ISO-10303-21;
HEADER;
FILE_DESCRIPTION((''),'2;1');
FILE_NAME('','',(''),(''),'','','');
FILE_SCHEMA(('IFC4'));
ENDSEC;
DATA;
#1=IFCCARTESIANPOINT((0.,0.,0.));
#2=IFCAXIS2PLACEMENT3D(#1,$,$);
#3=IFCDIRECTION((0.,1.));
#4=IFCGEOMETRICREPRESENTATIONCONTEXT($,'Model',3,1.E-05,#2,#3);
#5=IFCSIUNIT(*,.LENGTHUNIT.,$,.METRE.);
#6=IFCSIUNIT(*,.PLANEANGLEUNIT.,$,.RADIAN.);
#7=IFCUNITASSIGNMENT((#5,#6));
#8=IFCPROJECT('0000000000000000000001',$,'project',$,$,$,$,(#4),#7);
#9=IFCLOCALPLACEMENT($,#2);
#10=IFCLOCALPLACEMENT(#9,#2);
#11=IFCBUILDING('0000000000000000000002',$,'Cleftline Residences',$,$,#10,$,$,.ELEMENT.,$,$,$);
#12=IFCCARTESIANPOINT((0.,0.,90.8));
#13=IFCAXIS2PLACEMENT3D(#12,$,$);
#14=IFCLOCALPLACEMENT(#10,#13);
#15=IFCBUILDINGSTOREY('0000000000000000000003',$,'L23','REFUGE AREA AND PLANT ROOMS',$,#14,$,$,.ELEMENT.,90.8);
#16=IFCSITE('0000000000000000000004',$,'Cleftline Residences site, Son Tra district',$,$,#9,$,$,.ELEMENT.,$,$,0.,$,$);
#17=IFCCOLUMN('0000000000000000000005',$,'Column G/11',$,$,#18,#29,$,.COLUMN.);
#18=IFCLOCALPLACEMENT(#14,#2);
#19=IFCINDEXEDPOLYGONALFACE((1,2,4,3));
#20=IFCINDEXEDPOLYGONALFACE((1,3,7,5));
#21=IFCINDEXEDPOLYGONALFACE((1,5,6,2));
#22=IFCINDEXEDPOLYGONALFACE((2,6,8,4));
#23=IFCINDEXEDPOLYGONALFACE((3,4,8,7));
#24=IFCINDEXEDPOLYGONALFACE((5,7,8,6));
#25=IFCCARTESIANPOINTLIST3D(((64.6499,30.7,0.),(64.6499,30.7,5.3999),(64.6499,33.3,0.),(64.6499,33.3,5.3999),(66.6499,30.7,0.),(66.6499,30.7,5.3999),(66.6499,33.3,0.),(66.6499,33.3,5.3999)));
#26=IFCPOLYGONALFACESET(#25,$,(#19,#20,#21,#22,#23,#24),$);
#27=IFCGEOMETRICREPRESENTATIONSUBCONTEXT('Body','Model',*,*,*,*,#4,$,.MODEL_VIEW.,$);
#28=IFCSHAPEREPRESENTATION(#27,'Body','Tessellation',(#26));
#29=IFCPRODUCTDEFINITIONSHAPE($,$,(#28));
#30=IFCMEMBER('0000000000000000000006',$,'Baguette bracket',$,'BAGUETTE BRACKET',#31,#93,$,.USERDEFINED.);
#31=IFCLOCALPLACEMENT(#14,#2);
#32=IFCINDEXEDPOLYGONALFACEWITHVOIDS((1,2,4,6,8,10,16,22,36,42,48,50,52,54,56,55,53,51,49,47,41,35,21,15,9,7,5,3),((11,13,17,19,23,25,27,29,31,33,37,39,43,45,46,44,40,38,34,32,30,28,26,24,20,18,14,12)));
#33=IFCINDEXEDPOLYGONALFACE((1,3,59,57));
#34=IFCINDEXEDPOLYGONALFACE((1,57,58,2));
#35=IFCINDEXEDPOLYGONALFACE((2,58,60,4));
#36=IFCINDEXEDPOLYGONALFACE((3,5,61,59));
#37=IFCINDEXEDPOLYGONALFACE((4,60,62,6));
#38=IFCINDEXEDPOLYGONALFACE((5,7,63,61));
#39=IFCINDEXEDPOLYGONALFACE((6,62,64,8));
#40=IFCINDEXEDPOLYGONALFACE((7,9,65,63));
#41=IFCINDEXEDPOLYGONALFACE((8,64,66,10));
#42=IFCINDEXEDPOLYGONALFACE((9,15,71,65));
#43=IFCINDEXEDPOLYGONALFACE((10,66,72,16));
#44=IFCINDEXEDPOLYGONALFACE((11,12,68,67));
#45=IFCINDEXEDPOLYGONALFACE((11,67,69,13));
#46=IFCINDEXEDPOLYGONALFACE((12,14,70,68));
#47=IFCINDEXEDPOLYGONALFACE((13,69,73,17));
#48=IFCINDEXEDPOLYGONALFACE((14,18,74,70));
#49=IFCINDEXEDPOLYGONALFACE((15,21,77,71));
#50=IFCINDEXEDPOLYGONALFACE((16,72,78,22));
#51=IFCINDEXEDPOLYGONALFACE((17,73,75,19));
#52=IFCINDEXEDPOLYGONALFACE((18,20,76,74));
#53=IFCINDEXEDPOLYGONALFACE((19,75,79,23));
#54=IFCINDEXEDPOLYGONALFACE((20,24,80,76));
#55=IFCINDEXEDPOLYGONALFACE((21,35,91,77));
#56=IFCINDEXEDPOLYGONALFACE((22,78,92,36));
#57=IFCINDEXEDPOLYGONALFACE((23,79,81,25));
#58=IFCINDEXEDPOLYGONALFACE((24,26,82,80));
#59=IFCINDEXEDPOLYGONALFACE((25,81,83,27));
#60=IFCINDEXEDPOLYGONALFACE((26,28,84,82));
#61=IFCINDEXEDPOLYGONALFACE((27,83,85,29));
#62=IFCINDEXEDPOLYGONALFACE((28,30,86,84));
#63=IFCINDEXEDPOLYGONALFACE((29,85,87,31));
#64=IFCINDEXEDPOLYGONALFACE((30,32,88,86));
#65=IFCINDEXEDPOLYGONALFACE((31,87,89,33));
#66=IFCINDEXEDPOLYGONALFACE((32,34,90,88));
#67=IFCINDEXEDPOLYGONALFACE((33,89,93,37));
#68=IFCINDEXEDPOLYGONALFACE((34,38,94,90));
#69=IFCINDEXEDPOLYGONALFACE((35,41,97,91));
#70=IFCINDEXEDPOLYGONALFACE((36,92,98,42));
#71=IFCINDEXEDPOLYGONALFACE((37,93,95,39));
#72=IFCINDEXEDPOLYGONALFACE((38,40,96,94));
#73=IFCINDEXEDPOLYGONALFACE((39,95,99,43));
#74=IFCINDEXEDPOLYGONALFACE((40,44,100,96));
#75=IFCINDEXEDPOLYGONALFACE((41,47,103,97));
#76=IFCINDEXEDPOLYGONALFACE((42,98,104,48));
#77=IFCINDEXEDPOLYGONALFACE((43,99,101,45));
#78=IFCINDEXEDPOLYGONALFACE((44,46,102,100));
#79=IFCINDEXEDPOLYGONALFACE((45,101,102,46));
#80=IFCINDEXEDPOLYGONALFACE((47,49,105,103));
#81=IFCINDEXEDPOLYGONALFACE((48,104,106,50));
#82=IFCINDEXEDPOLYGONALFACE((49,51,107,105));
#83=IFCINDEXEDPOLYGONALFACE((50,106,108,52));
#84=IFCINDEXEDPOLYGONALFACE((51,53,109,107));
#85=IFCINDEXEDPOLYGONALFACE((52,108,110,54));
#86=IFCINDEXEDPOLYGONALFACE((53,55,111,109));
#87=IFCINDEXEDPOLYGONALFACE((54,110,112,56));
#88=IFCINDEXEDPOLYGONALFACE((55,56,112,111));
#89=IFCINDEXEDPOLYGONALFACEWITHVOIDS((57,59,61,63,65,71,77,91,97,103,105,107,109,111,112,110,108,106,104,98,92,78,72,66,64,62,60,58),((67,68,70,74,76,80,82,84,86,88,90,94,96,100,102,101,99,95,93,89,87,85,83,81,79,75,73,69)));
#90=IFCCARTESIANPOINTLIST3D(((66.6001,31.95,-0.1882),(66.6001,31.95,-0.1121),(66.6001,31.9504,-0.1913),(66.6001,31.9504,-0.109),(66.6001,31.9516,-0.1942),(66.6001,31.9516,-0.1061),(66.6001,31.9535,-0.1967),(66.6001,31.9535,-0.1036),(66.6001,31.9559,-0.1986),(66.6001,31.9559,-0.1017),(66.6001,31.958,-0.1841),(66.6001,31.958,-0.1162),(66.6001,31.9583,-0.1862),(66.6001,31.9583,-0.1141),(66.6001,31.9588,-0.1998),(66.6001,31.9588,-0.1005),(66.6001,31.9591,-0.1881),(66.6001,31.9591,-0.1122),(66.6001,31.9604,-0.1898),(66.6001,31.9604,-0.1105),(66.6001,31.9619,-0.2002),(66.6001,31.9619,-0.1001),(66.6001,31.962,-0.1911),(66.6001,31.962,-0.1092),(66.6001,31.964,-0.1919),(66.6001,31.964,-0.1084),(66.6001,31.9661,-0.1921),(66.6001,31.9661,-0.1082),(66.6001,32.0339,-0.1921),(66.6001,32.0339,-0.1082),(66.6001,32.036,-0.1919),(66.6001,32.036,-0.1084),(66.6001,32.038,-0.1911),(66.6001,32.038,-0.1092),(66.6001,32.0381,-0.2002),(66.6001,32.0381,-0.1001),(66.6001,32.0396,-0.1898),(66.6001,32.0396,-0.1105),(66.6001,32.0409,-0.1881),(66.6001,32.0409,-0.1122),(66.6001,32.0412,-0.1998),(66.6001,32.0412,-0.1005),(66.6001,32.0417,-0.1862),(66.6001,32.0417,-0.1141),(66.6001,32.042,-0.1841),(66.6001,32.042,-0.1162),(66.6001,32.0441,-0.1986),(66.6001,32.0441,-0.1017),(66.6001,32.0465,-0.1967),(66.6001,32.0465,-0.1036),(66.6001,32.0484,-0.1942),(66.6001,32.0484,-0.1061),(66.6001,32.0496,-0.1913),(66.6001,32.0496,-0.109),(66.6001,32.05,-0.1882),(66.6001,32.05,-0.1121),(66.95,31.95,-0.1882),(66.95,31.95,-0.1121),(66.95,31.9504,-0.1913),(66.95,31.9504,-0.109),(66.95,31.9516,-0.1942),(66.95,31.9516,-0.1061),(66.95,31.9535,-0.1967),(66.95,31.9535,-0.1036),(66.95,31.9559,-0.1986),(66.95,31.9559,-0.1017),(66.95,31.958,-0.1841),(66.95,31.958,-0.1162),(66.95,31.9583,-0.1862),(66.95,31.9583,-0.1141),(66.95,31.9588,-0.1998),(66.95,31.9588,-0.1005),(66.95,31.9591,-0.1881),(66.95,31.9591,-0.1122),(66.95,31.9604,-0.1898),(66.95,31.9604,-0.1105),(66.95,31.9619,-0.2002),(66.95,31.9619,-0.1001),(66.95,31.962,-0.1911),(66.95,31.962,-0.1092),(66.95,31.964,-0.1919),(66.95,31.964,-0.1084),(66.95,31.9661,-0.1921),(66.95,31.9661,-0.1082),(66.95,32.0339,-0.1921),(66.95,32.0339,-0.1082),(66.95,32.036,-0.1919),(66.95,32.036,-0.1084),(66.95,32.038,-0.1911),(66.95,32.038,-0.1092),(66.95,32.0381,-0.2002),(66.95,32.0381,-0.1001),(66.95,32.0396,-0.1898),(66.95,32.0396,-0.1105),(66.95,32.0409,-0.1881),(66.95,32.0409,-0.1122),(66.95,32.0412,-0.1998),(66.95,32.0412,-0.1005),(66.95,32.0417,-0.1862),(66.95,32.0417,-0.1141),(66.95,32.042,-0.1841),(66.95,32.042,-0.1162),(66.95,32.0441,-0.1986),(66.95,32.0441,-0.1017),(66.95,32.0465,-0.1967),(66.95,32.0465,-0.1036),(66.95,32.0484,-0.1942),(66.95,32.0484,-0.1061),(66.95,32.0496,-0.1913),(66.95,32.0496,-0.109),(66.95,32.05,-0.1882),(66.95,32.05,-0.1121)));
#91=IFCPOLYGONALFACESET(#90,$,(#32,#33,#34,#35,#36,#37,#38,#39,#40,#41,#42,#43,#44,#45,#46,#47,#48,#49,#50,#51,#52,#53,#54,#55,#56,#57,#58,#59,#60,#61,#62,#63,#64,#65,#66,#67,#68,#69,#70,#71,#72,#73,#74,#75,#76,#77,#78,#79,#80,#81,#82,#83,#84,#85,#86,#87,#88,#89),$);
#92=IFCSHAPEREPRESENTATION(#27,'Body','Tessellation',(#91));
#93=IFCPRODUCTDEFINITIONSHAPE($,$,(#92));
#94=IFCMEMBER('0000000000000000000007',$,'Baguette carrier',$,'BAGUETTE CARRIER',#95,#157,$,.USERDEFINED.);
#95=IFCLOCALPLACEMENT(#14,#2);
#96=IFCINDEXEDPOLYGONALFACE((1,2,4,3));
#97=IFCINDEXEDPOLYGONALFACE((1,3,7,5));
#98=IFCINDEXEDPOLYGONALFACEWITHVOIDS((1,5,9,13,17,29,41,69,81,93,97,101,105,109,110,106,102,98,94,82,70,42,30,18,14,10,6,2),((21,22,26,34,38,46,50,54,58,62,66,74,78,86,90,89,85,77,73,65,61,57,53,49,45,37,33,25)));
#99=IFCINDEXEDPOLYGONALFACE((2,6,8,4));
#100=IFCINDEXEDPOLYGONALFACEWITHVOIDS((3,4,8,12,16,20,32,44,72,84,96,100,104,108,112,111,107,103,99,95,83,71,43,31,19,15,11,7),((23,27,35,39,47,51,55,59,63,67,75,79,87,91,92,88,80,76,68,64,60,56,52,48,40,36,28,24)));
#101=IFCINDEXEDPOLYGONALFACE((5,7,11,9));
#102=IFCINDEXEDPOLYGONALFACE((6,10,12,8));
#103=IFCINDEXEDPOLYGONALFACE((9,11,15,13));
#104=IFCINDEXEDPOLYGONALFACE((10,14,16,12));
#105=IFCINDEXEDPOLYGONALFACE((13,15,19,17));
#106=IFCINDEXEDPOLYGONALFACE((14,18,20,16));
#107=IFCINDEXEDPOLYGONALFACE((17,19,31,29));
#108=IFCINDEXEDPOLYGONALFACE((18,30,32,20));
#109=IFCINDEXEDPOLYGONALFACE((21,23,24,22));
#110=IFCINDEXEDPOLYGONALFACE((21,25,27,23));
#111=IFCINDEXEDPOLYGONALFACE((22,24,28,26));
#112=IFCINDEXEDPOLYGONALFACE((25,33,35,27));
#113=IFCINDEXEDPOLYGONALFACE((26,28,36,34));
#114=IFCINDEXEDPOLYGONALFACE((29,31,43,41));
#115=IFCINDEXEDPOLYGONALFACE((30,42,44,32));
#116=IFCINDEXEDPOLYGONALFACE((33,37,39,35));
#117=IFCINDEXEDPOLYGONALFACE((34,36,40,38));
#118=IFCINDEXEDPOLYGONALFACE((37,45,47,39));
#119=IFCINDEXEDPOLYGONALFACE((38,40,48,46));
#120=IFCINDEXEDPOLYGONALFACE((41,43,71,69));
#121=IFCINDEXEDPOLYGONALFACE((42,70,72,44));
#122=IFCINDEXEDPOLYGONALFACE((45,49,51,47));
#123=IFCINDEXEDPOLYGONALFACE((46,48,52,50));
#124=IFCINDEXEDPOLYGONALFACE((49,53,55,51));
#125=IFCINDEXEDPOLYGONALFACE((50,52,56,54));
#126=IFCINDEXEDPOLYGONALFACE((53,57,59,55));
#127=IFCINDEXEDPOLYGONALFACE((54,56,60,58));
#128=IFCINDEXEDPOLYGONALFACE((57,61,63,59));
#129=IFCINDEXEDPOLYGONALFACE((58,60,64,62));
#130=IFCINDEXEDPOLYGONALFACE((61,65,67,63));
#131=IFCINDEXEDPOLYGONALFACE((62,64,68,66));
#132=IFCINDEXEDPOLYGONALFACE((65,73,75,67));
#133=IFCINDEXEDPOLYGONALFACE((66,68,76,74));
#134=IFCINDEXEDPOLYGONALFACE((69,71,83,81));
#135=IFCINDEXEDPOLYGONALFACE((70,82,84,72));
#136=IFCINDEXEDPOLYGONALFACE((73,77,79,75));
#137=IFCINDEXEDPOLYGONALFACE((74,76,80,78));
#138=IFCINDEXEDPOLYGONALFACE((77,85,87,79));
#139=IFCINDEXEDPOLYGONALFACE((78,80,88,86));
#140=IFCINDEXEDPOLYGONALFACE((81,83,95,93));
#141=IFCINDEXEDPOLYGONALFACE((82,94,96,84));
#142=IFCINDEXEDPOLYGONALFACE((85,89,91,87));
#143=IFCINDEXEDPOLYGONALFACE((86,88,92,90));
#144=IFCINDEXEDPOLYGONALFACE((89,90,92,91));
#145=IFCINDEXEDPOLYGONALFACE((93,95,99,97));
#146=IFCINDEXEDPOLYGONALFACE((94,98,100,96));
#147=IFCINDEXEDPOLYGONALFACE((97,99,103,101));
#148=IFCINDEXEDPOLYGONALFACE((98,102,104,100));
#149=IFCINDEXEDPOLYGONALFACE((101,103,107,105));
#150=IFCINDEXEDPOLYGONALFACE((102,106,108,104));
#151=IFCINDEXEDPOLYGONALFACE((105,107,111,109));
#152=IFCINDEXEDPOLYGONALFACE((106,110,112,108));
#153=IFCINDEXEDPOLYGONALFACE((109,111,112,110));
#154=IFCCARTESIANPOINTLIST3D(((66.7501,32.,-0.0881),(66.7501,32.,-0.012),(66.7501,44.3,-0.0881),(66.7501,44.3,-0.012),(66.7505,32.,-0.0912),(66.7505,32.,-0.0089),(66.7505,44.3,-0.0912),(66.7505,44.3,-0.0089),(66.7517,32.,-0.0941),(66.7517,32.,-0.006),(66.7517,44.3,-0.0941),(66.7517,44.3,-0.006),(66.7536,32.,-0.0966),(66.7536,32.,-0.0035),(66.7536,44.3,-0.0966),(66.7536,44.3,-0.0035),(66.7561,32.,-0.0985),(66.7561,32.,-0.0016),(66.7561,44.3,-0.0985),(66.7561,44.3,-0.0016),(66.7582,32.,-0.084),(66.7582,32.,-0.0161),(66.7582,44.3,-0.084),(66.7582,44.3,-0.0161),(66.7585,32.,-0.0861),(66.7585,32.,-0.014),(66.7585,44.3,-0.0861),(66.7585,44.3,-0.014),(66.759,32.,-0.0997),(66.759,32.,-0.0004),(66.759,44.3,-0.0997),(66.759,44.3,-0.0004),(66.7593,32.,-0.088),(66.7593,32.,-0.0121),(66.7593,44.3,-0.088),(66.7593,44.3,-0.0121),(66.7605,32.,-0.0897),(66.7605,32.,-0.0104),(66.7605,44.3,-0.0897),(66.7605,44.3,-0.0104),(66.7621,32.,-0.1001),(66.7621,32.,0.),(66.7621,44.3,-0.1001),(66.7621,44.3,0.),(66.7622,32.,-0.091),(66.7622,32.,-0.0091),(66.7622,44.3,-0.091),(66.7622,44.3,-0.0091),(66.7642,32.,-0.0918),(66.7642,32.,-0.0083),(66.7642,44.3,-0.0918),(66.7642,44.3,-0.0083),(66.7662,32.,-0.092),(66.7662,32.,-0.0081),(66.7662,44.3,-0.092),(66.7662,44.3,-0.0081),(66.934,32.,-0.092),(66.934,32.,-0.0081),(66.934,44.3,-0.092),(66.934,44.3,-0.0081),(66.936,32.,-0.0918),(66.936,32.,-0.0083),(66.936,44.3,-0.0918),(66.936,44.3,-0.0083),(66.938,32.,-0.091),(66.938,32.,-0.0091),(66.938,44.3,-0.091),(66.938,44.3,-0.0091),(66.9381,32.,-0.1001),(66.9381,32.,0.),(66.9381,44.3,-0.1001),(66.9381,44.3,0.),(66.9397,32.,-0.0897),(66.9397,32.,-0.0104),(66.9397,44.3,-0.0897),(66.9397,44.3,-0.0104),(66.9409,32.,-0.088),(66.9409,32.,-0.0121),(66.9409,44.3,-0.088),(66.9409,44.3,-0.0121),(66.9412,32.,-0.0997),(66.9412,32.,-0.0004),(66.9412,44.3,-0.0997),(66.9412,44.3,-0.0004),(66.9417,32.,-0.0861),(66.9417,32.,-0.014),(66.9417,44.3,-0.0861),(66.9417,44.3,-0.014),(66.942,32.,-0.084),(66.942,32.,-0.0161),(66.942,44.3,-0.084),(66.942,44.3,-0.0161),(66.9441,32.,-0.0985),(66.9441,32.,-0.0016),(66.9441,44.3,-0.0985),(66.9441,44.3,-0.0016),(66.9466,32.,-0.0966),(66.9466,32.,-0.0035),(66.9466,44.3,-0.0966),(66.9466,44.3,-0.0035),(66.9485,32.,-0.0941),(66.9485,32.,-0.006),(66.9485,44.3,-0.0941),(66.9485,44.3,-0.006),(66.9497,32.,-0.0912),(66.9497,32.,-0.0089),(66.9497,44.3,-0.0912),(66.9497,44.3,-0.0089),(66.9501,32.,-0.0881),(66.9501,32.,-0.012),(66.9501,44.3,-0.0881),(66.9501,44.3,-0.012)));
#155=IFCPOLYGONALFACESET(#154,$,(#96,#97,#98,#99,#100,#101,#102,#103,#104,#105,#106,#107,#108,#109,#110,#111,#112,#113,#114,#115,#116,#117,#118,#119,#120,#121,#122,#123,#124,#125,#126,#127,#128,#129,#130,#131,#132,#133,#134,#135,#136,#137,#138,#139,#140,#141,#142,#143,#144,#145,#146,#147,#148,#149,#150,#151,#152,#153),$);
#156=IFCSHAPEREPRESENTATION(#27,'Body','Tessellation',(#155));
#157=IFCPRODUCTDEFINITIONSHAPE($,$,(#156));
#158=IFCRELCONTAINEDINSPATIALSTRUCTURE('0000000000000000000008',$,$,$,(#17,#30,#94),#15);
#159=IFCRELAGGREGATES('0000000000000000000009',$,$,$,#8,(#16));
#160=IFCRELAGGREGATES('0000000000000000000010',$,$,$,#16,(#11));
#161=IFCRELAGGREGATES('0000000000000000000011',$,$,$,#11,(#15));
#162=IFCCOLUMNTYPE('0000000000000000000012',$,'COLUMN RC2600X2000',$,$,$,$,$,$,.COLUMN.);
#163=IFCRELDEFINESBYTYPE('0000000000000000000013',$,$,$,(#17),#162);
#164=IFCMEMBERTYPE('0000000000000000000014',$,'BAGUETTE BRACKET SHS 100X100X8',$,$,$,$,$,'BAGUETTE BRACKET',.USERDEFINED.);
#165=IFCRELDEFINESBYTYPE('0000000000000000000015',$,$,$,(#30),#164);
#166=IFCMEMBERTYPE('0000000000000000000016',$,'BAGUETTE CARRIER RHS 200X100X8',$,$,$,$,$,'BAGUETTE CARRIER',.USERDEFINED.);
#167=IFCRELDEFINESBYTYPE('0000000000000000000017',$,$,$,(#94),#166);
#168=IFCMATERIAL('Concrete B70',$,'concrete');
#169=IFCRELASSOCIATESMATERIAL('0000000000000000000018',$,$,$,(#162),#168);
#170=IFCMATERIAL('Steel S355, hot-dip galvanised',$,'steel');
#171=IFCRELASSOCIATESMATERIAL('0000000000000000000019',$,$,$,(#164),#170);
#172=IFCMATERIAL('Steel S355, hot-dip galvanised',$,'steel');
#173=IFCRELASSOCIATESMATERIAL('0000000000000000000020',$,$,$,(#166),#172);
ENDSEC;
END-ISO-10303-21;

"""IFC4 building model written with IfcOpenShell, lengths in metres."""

from ifc_helpers import new_model, si_unit, direction, frame, origin, origin_2d, place, context, subcontext, project, spatial, rectangle, hollow_rectangle, extrude, material, material_profile, profile_set, type_object, element, save


model = new_model("IFC4")

# Units and contexts
model_context = context("Model", 3, precision=1e-05, world=origin(), true_north=direction((0.0, 1.0)))
body_context = subcontext(model_context, "Body", "Model", "MODEL_VIEW")
ifc_project = project(units=[si_unit("LENGTHUNIT", "METRE"), si_unit("PLANEANGLEUNIT", "RADIAN")], contexts=[model_context])

# Site, building, storey
site_placement = place(None, origin())
site = spatial("IfcSite", under=ifc_project, at=site_placement, Name="Cleftline Residences site, Son Tra district", CompositionType="ELEMENT", RefElevation=0.0)
building_placement = place(site_placement, origin())
building = spatial("IfcBuilding", under=site, at=building_placement, Name="Cleftline Residences", CompositionType="ELEMENT")
storey_placement = place(building_placement, frame((0.0, 0.0, 90.8)))
storey = spatial("IfcBuildingStorey", under=building, at=storey_placement, Name="L23", Description="REFUGE AREA AND PLANT ROOMS", CompositionType="ELEMENT", Elevation=90.8)

# Column
ifc_material_1 = material(Name="Concrete B70", Category="concrete")
ifc_material_profile_1 = material_profile(ifc_material_1, rectangle(XDim=2.6001, YDim=2.0, at=origin_2d()))
ifc_profile_set_1 = profile_set([ifc_material_profile_1], Name="Concrete B70")
column_type = type_object("IfcColumnType", Name="COLUMN RC2600X2000", PredefinedType="COLUMN", material=ifc_profile_set_1)
column_placement = place(storey_placement, frame((65.6499, 32.0, 0.0), z_axis=(0.0, 0.0, 1.0), x_axis=(0.0, 1.0, 0.0)))
element("IfcColumn", 1, at=column_placement, inside=storey, type_object=column_type, Name="Column G/11", PredefinedType="COLUMN", context=body_context, shape_type="SweptSolid", body=[
    extrude(rectangle(XDim=2.6001, YDim=2.0, at=origin_2d()), origin(), (0.0, 0.0, 1.0), 5.3999),
])

# Members
ifc_material_2 = material(Name="Steel S355, hot-dip galvanised", Category="steel")
ifc_material_profile_2 = material_profile(ifc_material_2, hollow_rectangle(XDim=0.1001, YDim=0.1001, WallThickness=0.0081, InnerFilletRadius=0.0081, OuterFilletRadius=0.012, at=origin_2d()))
ifc_profile_set_2 = profile_set([ifc_material_profile_2], Name="Steel S355, hot-dip galvanised")
member_type_1 = type_object("IfcMemberType", Name="BAGUETTE BRACKET SHS 100X100X8", ElementType="BAGUETTE BRACKET", PredefinedType="USERDEFINED", material=ifc_profile_set_2)
member_1_placement = place(storey_placement, frame((66.6001, 32.0, -0.1501), z_axis=(1.0, 0.0, 0.0), x_axis=(0.0, 1.0, 0.0)))
element("IfcMember", 2, at=member_1_placement, inside=storey, type_object=member_type_1, Name="Baguette bracket", ObjectType="BAGUETTE BRACKET", PredefinedType="USERDEFINED", context=body_context, shape_type="SweptSolid", body=[
    extrude(hollow_rectangle(XDim=0.1001, YDim=0.1001, WallThickness=0.0081, InnerFilletRadius=0.0081, OuterFilletRadius=0.012, at=origin_2d()), origin(), (0.0, 0.0, 1.0), 0.3499),
])
ifc_material_3 = material(Name="Steel S355, hot-dip galvanised", Category="steel")
ifc_material_profile_3 = material_profile(ifc_material_3, hollow_rectangle(XDim=0.1001, YDim=0.2, WallThickness=0.0081, InnerFilletRadius=0.0081, OuterFilletRadius=0.012, at=origin_2d()))
ifc_profile_set_3 = profile_set([ifc_material_profile_3], Name="Steel S355, hot-dip galvanised")
member_type_2 = type_object("IfcMemberType", Name="BAGUETTE CARRIER RHS 200X100X8", ElementType="BAGUETTE CARRIER", PredefinedType="USERDEFINED", material=ifc_profile_set_3)
member_2_placement = place(storey_placement, frame((66.8501, 32.0, -0.05), z_axis=(0.0, 1.0, 0.0), x_axis=(0.0, 0.0, 1.0)))
element("IfcMember", 3, at=member_2_placement, inside=storey, type_object=member_type_2, Name="Baguette carrier", ObjectType="BAGUETTE CARRIER", PredefinedType="USERDEFINED", context=body_context, shape_type="SweptSolid", body=[
    extrude(hollow_rectangle(XDim=0.1001, YDim=0.2, WallThickness=0.0081, InnerFilletRadius=0.0081, OuterFilletRadius=0.012, at=origin_2d()), origin(), (0.0, 0.0, 1.0), 12.3),
])

save(model, "model.ifc")
